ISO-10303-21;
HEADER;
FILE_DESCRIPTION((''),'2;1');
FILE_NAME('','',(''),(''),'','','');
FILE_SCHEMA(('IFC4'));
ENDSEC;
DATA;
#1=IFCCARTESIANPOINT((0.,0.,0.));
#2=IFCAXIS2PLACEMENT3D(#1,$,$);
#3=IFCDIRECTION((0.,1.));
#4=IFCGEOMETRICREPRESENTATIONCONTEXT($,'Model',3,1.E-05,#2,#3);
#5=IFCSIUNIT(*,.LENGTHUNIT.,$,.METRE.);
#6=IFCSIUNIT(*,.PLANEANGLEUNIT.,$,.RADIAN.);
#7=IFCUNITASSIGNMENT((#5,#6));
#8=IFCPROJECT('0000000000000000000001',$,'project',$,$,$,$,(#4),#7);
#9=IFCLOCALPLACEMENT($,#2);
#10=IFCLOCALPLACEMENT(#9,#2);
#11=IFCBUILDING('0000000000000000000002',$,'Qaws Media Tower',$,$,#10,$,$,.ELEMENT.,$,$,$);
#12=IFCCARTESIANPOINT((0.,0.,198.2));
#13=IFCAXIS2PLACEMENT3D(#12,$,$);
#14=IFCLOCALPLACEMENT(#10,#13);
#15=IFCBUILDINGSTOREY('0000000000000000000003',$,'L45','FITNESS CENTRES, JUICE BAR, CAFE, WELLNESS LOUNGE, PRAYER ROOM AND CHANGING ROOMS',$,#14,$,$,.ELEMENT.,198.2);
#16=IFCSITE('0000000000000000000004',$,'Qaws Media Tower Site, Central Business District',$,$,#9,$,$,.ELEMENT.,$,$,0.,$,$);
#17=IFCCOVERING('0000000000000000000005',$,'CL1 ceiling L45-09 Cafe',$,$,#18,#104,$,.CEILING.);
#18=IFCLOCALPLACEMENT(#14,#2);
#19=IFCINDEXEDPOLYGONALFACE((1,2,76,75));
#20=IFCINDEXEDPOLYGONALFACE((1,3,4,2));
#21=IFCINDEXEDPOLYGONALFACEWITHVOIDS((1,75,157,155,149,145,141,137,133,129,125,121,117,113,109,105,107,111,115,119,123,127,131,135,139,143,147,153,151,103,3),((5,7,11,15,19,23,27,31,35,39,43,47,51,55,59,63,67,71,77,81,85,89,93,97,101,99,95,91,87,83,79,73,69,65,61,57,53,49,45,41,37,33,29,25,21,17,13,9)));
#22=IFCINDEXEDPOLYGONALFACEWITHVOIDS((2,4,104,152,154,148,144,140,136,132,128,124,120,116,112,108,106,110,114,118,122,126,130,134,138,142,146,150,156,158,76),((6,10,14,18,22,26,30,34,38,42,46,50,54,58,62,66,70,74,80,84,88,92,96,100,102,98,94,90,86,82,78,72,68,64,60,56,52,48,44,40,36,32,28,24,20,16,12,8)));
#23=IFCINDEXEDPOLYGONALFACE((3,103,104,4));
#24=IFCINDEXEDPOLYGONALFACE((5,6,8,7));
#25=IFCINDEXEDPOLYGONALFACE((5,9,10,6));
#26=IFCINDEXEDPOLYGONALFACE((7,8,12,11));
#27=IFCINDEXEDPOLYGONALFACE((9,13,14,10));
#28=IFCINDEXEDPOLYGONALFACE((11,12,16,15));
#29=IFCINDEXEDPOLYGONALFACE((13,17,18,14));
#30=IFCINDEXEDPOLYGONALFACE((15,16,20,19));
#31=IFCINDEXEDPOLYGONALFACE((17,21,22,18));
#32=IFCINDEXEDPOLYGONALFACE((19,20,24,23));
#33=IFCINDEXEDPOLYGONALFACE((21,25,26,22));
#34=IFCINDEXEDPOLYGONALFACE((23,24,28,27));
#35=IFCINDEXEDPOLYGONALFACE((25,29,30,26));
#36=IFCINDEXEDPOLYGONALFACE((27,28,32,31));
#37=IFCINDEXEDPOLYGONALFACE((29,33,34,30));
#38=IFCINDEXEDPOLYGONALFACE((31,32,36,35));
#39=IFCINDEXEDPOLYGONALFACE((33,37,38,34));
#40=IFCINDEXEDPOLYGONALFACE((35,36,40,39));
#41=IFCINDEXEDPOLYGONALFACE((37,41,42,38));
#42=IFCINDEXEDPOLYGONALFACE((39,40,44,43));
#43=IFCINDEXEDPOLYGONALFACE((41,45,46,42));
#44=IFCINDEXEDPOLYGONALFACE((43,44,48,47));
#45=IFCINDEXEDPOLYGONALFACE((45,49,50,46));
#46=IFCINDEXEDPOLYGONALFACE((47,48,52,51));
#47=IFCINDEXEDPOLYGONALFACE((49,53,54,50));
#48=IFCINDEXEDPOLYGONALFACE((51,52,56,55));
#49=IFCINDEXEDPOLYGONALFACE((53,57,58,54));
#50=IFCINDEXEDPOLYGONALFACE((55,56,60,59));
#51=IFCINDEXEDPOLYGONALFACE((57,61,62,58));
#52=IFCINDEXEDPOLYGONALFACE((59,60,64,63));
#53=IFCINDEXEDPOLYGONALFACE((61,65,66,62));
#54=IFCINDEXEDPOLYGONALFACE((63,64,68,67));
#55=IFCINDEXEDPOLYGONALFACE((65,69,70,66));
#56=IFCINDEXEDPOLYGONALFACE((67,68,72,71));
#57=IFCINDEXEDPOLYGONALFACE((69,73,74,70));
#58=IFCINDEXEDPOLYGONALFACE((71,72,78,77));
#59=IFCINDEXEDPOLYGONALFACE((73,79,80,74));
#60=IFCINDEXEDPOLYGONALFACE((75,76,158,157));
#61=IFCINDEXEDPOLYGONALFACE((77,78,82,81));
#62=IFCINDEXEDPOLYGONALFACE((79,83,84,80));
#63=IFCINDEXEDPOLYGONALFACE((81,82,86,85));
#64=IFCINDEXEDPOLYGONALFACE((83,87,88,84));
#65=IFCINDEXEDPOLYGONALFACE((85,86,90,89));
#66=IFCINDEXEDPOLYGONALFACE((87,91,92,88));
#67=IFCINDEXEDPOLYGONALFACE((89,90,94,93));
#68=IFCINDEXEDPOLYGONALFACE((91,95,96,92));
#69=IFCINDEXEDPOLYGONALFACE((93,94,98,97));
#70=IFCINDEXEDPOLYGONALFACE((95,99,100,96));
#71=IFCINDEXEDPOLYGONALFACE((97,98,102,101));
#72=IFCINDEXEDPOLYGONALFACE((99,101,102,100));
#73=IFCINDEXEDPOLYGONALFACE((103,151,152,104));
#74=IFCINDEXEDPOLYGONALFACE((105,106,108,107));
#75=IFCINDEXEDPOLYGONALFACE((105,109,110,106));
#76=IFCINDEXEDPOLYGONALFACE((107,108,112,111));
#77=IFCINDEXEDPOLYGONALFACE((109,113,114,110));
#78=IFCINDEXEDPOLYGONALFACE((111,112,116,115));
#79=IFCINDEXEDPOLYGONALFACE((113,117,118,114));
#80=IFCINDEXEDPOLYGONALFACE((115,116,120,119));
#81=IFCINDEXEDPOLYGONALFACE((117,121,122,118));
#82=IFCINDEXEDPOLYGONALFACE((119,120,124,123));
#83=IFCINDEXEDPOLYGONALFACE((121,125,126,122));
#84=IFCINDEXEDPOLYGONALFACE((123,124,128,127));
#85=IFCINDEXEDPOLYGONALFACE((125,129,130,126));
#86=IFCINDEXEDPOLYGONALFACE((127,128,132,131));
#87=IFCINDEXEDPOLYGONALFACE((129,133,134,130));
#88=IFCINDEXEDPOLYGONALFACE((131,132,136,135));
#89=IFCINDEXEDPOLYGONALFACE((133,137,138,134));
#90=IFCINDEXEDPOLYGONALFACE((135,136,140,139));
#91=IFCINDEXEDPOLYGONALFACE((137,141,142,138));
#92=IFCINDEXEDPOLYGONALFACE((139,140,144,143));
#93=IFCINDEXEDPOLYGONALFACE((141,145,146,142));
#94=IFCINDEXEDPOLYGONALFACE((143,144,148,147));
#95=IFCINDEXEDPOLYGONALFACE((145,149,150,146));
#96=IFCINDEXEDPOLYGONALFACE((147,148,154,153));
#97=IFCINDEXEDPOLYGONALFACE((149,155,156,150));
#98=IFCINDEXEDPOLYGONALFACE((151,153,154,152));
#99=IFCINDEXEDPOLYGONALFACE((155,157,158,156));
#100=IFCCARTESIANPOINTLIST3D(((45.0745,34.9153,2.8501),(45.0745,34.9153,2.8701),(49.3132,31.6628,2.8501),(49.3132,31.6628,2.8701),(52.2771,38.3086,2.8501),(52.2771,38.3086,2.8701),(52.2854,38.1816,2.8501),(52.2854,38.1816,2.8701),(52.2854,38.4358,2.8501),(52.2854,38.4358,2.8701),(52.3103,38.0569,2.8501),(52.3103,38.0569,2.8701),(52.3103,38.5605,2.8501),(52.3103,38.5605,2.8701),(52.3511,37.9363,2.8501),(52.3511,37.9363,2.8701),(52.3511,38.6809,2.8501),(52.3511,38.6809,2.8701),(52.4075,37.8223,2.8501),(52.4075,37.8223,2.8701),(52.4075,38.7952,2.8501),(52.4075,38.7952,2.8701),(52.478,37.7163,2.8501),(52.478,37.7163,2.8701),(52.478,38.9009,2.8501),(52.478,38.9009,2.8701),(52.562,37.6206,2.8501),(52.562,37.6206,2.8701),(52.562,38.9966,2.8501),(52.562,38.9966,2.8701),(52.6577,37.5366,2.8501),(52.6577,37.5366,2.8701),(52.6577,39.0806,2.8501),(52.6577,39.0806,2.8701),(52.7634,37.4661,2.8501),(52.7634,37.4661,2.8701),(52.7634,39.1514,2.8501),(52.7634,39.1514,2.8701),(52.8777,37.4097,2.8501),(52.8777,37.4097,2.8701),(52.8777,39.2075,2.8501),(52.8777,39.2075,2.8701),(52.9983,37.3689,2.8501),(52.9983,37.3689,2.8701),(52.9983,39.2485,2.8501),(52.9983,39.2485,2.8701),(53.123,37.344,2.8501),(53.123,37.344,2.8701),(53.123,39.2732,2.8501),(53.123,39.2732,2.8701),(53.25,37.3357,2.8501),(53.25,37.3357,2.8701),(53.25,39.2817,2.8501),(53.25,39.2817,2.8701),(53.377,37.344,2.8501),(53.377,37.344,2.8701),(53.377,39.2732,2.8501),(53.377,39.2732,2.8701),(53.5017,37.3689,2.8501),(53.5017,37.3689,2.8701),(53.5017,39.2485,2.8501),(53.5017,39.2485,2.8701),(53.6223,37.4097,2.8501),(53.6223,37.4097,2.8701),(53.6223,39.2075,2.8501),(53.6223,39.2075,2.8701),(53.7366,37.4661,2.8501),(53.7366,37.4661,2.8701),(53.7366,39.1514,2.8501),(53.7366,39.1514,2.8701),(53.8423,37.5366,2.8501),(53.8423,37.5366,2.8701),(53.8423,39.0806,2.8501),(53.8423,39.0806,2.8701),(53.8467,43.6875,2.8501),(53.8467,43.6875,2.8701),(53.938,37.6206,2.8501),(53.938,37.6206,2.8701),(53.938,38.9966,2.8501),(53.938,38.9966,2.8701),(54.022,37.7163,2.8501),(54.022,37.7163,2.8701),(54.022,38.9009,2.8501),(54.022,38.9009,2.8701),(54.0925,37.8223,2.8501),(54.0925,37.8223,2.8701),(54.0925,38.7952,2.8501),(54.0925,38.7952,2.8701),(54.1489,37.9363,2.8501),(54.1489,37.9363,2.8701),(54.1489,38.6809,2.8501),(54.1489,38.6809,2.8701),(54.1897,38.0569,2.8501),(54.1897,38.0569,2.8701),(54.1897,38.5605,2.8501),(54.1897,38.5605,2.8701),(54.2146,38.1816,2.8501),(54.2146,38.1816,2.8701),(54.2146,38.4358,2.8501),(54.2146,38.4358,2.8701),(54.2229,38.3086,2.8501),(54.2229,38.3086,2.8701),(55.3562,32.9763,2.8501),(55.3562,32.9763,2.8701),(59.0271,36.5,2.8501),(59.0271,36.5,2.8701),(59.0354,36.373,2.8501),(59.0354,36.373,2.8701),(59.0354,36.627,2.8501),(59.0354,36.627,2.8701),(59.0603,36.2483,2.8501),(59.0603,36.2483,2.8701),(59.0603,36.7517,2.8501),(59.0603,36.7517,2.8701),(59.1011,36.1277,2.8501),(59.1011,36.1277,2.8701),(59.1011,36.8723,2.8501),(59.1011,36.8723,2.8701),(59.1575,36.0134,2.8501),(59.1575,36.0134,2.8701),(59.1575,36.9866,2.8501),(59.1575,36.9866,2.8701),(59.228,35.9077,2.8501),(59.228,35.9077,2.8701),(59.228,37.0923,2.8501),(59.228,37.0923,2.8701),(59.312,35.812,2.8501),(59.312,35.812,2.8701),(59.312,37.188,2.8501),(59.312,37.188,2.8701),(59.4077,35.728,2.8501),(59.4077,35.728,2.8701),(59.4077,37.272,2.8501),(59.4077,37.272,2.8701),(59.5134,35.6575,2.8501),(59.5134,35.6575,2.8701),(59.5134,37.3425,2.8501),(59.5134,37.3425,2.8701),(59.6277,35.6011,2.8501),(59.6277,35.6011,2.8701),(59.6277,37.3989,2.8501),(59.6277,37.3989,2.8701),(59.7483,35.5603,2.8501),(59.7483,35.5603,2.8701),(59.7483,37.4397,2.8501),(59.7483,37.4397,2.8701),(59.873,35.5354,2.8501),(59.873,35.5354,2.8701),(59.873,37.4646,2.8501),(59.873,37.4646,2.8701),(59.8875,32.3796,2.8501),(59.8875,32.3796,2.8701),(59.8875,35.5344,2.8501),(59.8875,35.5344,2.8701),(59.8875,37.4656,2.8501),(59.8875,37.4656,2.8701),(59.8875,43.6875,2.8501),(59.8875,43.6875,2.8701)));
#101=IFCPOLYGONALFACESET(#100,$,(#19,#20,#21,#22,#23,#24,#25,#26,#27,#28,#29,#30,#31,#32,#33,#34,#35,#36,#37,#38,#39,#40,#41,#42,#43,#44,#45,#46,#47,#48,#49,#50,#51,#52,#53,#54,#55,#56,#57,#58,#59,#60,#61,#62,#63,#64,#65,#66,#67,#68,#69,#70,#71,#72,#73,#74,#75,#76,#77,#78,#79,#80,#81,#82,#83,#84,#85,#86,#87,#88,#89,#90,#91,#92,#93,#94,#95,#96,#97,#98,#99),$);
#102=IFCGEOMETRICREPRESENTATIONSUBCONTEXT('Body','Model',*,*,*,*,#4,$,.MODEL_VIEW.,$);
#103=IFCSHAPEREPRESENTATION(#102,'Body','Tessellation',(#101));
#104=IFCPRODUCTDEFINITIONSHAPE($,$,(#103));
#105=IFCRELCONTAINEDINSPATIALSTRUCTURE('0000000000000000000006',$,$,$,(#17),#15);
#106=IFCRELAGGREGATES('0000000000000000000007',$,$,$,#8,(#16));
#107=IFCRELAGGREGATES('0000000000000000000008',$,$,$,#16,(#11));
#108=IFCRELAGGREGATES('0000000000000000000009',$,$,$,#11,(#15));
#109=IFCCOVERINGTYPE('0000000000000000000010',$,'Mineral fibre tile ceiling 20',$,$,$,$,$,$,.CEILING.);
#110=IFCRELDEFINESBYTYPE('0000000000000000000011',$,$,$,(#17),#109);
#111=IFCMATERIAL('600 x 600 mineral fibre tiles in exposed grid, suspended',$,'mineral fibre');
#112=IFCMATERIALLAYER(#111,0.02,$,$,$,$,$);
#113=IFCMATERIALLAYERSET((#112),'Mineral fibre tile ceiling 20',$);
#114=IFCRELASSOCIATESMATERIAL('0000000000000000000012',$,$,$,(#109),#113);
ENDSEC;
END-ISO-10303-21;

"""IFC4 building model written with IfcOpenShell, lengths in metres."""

from ifc_helpers import new_model, si_unit, direction, frame, origin, place, context, subcontext, project, spatial, polyline, outline, extrude, material, layer, layer_set, type_object, element, save


model = new_model("IFC4")

# Units and contexts
model_context = context("Model", 3, precision=1e-05, world=origin(), true_north=direction((0.0, 1.0)))
body_context = subcontext(model_context, "Body", "Model", "MODEL_VIEW")
ifc_project = project(units=[si_unit("LENGTHUNIT", "METRE"), si_unit("PLANEANGLEUNIT", "RADIAN")], contexts=[model_context])

# Site, building, storey
site_placement = place(None, origin())
site = spatial("IfcSite", under=ifc_project, at=site_placement, Name="Qaws Media Tower Site, Central Business District", CompositionType="ELEMENT", RefElevation=0.0)
building_placement = place(site_placement, origin())
building = spatial("IfcBuilding", under=site, at=building_placement, Name="Qaws Media Tower", CompositionType="ELEMENT")
storey_placement = place(building_placement, frame((0.0, 0.0, 198.2)))
storey = spatial("IfcBuildingStorey", under=building, at=storey_placement, Name="L45", Description="FITNESS CENTRES, JUICE BAR, CAFE, WELLNESS LOUNGE, PRAYER ROOM AND CHANGING ROOMS", CompositionType="ELEMENT", Elevation=198.2)

# Covering
ifc_material_1 = material(Name="600 x 600 mineral fibre tiles in exposed grid, suspended", Category="mineral fibre")
ifc_layer_1 = layer(ifc_material_1, 0.02)
ifc_layer_set_1 = layer_set([ifc_layer_1], Name="Mineral fibre tile ceiling 20")
covering_type_1 = type_object("IfcCoveringType", Name="Mineral fibre tile ceiling 20", PredefinedType="CEILING", material=ifc_layer_set_1)
covering_1_placement = place(storey_placement, frame((0.0, 0.0, 2.8501)))
element("IfcCovering", 1, at=covering_1_placement, inside=storey, type_object=covering_type_1, Name="CL1 ceiling L45-09 Cafe", PredefinedType="CEILING", context=body_context, shape_type="SweptSolid", body=[
    extrude(outline(polyline([(55.3562, 32.9763), (49.3132, 31.6628), (45.0745, 34.9153), (53.8467, 43.6875), (59.8875, 43.6875), (59.8875, 37.4656), (59.873, 37.4646), (59.7483, 37.4397), (59.6277, 37.3989), (59.5134, 37.3425), (59.4077, 37.272), (59.312, 37.188), (59.228, 37.0923), (59.1575, 36.9866), (59.1011, 36.8723), (59.0603, 36.7517), (59.0354, 36.627), (59.0271, 36.5), (59.0354, 36.373), (59.0603, 36.2483), (59.1011, 36.1277), (59.1575, 36.0134), (59.228, 35.9077), (59.312, 35.812), (59.4077, 35.728), (59.5134, 35.6575), (59.6277, 35.6011), (59.7483, 35.5603), (59.873, 35.5354), (59.8875, 35.5344), (59.8875, 32.3796), (55.3562, 32.9763)]), holes=[polyline([(54.1897, 38.0569), (54.2146, 38.1816), (54.2229, 38.3086), (54.2146, 38.4358), (54.1897, 38.5605), (54.1489, 38.6809), (54.0925, 38.7952), (54.022, 38.9009), (53.938, 38.9966), (53.8423, 39.0806), (53.7366, 39.1514), (53.6223, 39.2075), (53.5017, 39.2485), (53.377, 39.2732), (53.25, 39.2817), (53.123, 39.2732), (52.9983, 39.2485), (52.8777, 39.2075), (52.7634, 39.1514), (52.6577, 39.0806), (52.562, 38.9966), (52.478, 38.9009), (52.4075, 38.7952), (52.3511, 38.6809), (52.3103, 38.5605), (52.2854, 38.4358), (52.2771, 38.3086), (52.2854, 38.1816), (52.3103, 38.0569), (52.3511, 37.9363), (52.4075, 37.8223), (52.478, 37.7163), (52.562, 37.6206), (52.6577, 37.5366), (52.7634, 37.4661), (52.8777, 37.4097), (52.9983, 37.3689), (53.123, 37.344), (53.25, 37.3357), (53.377, 37.344), (53.5017, 37.3689), (53.6223, 37.4097), (53.7366, 37.4661), (53.8423, 37.5366), (53.938, 37.6206), (54.022, 37.7163), (54.0925, 37.8223), (54.1489, 37.9363), (54.1897, 38.0569)])]), origin(), (0.0, 0.0, 1.0), 0.02),
])

save(model, "model.ifc")
